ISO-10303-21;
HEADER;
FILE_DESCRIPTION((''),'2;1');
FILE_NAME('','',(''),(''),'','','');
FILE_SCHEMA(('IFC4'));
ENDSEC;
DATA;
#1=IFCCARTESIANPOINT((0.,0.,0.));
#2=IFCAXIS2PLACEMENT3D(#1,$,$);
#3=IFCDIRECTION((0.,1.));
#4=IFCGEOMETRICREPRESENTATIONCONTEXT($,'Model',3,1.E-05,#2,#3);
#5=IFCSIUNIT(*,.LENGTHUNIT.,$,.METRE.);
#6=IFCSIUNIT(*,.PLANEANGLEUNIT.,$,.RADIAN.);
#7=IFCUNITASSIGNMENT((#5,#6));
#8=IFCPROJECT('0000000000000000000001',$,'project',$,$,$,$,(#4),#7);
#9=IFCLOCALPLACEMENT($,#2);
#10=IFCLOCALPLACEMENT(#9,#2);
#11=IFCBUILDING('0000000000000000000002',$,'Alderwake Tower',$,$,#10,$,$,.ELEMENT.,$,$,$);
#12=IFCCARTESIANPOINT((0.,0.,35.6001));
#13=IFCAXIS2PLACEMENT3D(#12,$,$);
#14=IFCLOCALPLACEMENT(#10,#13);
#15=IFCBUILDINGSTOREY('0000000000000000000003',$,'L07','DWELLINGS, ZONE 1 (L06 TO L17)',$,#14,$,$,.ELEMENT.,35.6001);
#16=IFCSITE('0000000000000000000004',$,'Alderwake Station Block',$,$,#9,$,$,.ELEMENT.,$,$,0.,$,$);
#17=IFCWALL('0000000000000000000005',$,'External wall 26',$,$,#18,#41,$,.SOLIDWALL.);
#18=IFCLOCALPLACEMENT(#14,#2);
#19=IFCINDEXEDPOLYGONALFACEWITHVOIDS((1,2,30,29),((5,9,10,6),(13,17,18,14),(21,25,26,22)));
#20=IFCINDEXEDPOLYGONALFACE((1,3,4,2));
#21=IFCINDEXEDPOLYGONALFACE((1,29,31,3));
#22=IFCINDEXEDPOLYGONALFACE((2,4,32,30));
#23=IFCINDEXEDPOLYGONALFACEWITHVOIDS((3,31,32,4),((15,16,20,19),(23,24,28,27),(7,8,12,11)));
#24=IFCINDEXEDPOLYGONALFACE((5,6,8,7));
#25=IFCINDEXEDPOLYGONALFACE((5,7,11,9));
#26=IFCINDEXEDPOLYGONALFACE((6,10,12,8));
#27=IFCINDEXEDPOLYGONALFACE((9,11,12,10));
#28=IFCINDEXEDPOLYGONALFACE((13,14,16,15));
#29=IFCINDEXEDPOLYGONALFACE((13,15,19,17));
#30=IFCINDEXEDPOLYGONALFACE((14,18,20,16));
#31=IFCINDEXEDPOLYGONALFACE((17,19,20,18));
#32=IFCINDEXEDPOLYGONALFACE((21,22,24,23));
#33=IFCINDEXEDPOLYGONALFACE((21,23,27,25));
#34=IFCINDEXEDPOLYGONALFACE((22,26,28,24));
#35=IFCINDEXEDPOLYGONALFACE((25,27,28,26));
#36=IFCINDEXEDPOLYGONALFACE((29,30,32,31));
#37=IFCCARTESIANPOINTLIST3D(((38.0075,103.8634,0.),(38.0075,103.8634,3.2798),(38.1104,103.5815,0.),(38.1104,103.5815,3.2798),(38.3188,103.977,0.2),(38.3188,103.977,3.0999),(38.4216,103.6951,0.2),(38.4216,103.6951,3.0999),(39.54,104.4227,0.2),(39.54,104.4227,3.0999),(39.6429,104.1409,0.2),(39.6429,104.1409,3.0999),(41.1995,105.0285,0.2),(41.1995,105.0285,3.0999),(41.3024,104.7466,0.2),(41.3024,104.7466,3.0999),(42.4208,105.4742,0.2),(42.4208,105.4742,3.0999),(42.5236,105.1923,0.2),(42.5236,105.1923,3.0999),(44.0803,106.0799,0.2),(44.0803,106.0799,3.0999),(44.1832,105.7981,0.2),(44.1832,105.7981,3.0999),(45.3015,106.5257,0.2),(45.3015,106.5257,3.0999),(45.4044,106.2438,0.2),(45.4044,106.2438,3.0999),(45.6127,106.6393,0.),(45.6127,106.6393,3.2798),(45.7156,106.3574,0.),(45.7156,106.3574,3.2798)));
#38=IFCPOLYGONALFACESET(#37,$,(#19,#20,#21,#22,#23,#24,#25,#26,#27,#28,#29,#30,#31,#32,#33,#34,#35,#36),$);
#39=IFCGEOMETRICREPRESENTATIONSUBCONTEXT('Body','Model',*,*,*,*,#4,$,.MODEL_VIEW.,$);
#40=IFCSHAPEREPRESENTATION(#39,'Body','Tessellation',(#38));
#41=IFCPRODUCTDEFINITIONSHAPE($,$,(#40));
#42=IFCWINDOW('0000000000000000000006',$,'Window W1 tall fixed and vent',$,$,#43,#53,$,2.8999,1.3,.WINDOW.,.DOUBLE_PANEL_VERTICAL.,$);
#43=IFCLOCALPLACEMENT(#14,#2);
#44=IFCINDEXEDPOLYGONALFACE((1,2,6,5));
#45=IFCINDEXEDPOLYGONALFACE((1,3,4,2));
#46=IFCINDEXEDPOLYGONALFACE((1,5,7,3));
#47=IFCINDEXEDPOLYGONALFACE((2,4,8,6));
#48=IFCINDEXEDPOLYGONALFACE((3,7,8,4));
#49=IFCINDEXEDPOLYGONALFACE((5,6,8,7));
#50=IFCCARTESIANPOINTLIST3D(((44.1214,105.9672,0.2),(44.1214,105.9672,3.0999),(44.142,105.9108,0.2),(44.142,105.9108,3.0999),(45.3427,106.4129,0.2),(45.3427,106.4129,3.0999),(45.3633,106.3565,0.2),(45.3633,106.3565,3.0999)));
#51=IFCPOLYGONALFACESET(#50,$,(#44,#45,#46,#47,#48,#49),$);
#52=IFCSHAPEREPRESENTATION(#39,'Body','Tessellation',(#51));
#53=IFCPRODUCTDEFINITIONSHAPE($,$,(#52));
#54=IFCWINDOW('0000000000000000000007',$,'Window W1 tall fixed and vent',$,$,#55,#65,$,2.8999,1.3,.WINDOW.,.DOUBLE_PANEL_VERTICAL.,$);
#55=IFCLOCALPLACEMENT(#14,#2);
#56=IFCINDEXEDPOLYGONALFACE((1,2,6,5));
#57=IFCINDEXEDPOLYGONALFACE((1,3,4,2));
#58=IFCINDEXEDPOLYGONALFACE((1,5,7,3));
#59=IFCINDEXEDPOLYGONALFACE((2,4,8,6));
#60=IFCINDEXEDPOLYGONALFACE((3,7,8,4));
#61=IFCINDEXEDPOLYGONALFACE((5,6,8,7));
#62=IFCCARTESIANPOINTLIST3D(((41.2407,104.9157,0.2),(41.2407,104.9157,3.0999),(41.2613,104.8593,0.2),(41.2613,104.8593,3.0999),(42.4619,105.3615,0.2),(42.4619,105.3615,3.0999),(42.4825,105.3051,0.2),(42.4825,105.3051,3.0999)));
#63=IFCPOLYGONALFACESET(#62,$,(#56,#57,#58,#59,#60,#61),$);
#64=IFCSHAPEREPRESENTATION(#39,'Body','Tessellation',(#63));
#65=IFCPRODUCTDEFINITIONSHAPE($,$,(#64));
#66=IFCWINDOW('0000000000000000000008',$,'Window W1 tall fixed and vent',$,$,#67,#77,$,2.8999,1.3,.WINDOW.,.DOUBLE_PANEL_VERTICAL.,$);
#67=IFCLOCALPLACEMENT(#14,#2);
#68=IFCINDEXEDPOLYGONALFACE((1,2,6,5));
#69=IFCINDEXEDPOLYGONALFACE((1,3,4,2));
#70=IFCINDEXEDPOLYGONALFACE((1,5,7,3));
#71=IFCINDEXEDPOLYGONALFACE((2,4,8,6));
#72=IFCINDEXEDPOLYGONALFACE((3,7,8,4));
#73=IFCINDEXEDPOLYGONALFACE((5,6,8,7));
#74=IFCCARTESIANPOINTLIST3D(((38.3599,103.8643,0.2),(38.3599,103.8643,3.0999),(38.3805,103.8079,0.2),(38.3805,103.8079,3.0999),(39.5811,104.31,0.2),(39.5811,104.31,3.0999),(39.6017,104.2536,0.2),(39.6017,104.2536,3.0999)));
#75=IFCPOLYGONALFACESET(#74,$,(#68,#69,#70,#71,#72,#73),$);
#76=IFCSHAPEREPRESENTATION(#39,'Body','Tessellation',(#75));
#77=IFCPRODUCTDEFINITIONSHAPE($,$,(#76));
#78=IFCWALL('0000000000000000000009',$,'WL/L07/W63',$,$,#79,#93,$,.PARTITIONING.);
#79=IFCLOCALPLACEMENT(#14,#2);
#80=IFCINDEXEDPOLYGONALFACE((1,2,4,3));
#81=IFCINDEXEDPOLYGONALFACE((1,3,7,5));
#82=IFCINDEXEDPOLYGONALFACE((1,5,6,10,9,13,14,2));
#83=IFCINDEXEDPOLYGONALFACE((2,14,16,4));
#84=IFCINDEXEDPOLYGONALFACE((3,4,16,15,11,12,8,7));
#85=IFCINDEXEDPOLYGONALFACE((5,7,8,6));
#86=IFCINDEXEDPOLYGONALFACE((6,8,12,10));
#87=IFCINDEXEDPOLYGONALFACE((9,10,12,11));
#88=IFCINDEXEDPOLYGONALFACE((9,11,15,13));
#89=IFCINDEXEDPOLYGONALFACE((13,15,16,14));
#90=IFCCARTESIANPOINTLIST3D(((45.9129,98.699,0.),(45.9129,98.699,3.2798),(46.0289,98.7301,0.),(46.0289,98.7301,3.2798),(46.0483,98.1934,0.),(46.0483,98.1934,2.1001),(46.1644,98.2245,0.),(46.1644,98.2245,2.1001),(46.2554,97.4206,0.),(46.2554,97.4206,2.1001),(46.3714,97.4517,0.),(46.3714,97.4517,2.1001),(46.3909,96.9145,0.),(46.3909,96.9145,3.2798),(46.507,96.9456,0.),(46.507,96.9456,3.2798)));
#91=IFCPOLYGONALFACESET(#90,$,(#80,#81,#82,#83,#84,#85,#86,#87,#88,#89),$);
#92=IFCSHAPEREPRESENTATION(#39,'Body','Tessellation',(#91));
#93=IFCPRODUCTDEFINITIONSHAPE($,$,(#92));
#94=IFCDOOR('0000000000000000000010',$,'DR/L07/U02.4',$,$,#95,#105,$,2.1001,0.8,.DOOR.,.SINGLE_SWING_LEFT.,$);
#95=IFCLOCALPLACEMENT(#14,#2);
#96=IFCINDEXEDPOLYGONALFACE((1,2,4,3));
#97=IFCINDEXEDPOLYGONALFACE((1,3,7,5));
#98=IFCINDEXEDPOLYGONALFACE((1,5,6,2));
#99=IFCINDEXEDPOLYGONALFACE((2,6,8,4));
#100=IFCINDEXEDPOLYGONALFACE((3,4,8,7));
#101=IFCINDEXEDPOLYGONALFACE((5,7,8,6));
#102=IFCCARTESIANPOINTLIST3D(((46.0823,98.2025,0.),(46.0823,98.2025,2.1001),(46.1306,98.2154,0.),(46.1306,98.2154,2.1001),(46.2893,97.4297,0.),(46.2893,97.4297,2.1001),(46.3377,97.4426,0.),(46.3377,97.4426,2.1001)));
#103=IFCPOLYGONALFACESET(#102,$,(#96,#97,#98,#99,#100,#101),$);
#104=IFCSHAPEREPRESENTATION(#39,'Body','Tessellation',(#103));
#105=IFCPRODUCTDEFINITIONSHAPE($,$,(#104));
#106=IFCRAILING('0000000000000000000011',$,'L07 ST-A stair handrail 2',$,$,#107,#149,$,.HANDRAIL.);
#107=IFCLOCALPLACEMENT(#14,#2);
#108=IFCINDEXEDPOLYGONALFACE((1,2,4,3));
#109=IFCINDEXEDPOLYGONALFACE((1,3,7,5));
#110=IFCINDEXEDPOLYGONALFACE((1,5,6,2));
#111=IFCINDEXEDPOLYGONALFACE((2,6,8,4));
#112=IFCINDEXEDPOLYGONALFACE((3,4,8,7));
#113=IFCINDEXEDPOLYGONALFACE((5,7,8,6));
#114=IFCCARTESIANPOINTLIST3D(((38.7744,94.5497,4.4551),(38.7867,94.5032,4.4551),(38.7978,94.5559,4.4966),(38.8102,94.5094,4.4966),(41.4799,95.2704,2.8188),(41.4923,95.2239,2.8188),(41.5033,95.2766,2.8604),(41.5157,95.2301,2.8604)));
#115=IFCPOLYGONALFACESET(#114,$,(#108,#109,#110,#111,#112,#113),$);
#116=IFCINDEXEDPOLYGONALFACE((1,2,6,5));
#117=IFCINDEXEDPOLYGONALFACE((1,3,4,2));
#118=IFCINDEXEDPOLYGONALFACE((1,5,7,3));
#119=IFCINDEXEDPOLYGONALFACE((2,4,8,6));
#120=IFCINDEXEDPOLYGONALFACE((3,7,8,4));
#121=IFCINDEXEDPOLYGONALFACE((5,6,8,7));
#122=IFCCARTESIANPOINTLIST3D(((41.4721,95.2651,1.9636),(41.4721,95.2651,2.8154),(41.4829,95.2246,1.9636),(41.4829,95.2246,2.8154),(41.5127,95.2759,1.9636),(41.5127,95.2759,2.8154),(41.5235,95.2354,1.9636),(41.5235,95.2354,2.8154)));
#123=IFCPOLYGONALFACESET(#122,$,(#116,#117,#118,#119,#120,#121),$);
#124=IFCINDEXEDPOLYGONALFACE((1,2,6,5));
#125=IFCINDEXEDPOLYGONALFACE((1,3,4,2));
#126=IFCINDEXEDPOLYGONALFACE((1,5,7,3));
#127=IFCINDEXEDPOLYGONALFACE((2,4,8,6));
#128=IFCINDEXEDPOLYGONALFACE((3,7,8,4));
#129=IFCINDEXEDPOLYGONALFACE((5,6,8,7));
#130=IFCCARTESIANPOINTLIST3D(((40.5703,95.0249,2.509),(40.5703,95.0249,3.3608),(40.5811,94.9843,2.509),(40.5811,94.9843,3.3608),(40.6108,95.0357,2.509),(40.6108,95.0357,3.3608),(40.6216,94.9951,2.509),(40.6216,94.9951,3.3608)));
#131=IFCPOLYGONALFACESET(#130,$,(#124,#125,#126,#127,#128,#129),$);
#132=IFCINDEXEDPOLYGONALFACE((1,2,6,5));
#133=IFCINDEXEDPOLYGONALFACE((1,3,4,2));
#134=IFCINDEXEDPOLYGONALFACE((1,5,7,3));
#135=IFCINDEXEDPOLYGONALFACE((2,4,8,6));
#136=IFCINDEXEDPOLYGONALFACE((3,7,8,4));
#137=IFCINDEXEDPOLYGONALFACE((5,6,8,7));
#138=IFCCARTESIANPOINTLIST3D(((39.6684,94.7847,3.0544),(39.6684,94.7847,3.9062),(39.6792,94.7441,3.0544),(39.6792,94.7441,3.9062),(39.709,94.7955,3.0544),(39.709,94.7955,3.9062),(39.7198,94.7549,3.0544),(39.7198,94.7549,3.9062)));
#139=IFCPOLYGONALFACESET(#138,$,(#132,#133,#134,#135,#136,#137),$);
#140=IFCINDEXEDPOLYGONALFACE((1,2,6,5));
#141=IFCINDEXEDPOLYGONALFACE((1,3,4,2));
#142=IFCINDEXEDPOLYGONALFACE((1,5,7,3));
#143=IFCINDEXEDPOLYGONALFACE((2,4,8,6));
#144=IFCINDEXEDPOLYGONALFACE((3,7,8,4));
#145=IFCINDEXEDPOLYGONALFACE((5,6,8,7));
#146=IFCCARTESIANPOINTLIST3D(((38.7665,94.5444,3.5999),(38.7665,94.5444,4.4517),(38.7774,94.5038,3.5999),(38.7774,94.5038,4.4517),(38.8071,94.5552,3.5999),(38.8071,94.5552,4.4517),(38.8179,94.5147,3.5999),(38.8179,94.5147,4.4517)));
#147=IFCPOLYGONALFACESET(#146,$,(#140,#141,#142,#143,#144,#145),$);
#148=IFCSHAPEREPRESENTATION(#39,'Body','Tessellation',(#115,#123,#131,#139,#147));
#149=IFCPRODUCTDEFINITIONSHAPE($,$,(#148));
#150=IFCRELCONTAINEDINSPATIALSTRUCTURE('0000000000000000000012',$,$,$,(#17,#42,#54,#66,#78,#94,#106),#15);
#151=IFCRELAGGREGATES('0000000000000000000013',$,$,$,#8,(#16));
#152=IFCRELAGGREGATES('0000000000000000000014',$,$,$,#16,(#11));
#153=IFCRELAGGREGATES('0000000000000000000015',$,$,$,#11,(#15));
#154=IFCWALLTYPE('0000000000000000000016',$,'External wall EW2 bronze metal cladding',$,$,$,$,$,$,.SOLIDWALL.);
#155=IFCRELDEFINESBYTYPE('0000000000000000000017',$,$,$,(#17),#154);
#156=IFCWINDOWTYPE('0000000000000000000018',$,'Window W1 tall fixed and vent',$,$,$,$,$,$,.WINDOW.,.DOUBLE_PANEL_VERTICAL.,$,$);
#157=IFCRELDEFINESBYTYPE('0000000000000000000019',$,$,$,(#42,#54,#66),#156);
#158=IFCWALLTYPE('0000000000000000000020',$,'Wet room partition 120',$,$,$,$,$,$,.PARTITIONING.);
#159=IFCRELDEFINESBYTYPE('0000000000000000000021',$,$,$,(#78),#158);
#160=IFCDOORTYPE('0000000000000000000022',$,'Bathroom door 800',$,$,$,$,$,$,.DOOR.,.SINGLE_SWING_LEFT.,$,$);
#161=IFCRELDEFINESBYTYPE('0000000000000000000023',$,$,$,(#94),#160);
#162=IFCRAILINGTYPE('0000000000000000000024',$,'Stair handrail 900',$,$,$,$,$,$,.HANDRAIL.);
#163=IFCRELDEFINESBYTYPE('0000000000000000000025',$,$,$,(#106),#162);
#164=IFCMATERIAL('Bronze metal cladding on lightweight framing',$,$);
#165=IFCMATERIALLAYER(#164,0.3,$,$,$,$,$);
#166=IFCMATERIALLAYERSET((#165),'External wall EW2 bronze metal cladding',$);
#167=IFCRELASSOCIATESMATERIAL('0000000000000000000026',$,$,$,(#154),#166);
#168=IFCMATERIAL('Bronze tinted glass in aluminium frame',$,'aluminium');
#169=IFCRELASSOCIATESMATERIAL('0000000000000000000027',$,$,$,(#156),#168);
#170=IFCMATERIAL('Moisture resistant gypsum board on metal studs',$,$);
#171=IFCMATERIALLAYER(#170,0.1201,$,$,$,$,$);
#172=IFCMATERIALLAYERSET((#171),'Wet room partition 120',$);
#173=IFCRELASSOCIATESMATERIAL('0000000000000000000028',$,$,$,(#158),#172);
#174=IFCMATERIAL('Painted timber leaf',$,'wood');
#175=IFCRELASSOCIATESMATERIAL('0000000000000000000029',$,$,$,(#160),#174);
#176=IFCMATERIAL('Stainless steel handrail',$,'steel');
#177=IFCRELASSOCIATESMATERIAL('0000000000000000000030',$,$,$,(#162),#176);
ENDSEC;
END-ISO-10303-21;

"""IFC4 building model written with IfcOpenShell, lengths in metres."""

from ifc_helpers import new_model, si_unit, direction, frame, frame_2d, origin, origin_2d, place, context, subcontext, project, spatial, rectangle, extrude, material, layer, layer_set, type_object, element, fill, save


model = new_model("IFC4")

# Units and contexts
model_context = context("Model", 3, precision=1e-05, world=origin(), true_north=direction((0.0, 1.0)))
body_context = subcontext(model_context, "Body", "Model", "MODEL_VIEW")
ifc_project = project(units=[si_unit("LENGTHUNIT", "METRE"), si_unit("PLANEANGLEUNIT", "RADIAN")], contexts=[model_context])

# Site, building, storey
site_placement = place(None, origin())
site = spatial("IfcSite", under=ifc_project, at=site_placement, Name="Alderwake Station Block", CompositionType="ELEMENT", RefElevation=0.0)
building_placement = place(site_placement, origin())
building = spatial("IfcBuilding", under=site, at=building_placement, Name="Alderwake Tower", CompositionType="ELEMENT")
storey_placement = place(building_placement, frame((0.0, 0.0, 35.6001)))
storey = spatial("IfcBuildingStorey", under=building, at=storey_placement, Name="L07", Description="DWELLINGS, ZONE 1 (L06 TO L17)", CompositionType="ELEMENT", Elevation=35.6001)

# Shared definitions
ifc_material_1 = material(Name="Bronze metal cladding on lightweight framing")
ifc_layer_1 = layer(ifc_material_1, 0.3)
ifc_layer_set_1 = layer_set([ifc_layer_1], Name="External wall EW2 bronze metal cladding")
wall_type_1 = type_object("IfcWallType", Name="External wall EW2 bronze metal cladding", PredefinedType="SOLIDWALL", material=ifc_layer_set_1)
ifc_material_2 = material(Name="Bronze tinted glass in aluminium frame", Category="aluminium")
window_type = type_object("IfcWindowType", Name="Window W1 tall fixed and vent", PartitioningType="DOUBLE_PANEL_VERTICAL", PredefinedType="WINDOW", material=ifc_material_2)

# Wall, openings, windows
wall_1_placement = place(storey_placement, frame((45.6641, 106.4983, 0.0), z_axis=(0.0, 0.0, 1.0), x_axis=(-0.939382, -0.342871, 0.0)))
wall_1 = element("IfcWall", 1, at=wall_1_placement, inside=storey, type_object=wall_type_1, Name="External wall 26", PredefinedType="SOLIDWALL", context=body_context, shape_type="SweptSolid", body=[
    extrude(rectangle(XDim=8.0959, YDim=0.3, at=frame_2d((4.0479, 0.0))), origin(), (0.0, 0.0, 1.0), 3.2798),
])
opening_1_placement = place(wall_1_placement, frame((0.3313, 0.0, 0.2)))
opening_1 = element("IfcOpeningElement", 2, at=opening_1_placement, cuts=wall_1, PredefinedType="OPENING", context=body_context, shape_type="SweptSolid", body=[
    extrude(rectangle(XDim=1.3, YDim=2.8999, at=frame_2d((0.6499, 1.45))), frame((0.0, 0.1599, 0.0), z_axis=(0.0, -1.0, 0.0), x_axis=(1.0, 0.0, 0.0)), (0.0, 0.0, 1.0), 0.3201),
])
opening_2_placement = place(wall_1_placement, frame((3.3979, 0.0, 0.2)))
opening_2 = element("IfcOpeningElement", 3, at=opening_2_placement, cuts=wall_1, PredefinedType="OPENING", context=body_context, shape_type="SweptSolid", body=[
    extrude(rectangle(XDim=1.3, YDim=2.8999, at=frame_2d((0.6499, 1.45))), frame((0.0, 0.1599, 0.0), z_axis=(0.0, -1.0, 0.0), x_axis=(1.0, 0.0, 0.0)), (0.0, 0.0, 1.0), 0.3201),
])
opening_3_placement = place(wall_1_placement, frame((6.4646, 0.0, 0.2)))
opening_3 = element("IfcOpeningElement", 4, at=opening_3_placement, cuts=wall_1, PredefinedType="OPENING", context=body_context, shape_type="SweptSolid", body=[
    extrude(rectangle(XDim=1.3, YDim=2.8999, at=frame_2d((0.6499, 1.45))), frame((0.0, 0.1599, 0.0), z_axis=(0.0, -1.0, 0.0), x_axis=(1.0, 0.0, 0.0)), (0.0, 0.0, 1.0), 0.3201),
])
window_1_placement = place(opening_1_placement, origin())
window_1 = element("IfcWindow", 5, at=window_1_placement, inside=storey, type_object=window_type, Name="Window W1 tall fixed and vent", OverallHeight=2.8999, OverallWidth=1.3, PartitioningType="DOUBLE_PANEL_VERTICAL", PredefinedType="WINDOW", context=body_context, shape_type="SweptSolid", body=[
    extrude(rectangle(XDim=1.3, YDim=2.8999, at=frame_2d((0.6499, 1.45))), frame((0.0, 0.03, 0.0), z_axis=(0.0, -1.0, 0.0), x_axis=(1.0, 0.0, 0.0)), (0.0, 0.0, 1.0), 0.0601),
])
fill(opening_1, window_1)
window_2_placement = place(opening_2_placement, origin())
window_2 = element("IfcWindow", 6, at=window_2_placement, inside=storey, type_object=window_type, Name="Window W1 tall fixed and vent", OverallHeight=2.8999, OverallWidth=1.3, PartitioningType="DOUBLE_PANEL_VERTICAL", PredefinedType="WINDOW", context=body_context, shape_type="SweptSolid", body=[
    extrude(rectangle(XDim=1.3, YDim=2.8999, at=frame_2d((0.6499, 1.45))), frame((0.0, 0.03, 0.0), z_axis=(0.0, -1.0, 0.0), x_axis=(1.0, 0.0, 0.0)), (0.0, 0.0, 1.0), 0.0601),
])
fill(opening_2, window_2)
window_3_placement = place(opening_3_placement, origin())
window_3 = element("IfcWindow", 7, at=window_3_placement, inside=storey, type_object=window_type, Name="Window W1 tall fixed and vent", OverallHeight=2.8999, OverallWidth=1.3, PartitioningType="DOUBLE_PANEL_VERTICAL", PredefinedType="WINDOW", context=body_context, shape_type="SweptSolid", body=[
    extrude(rectangle(XDim=1.3, YDim=2.8999, at=frame_2d((0.6499, 1.45))), frame((0.0, 0.03, 0.0), z_axis=(0.0, -1.0, 0.0), x_axis=(1.0, 0.0, 0.0)), (0.0, 0.0, 1.0), 0.0601),
])
fill(opening_3, window_3)

# Wall, opening, door
ifc_material_3 = material(Name="Moisture resistant gypsum board on metal studs")
ifc_layer_2 = layer(ifc_material_3, 0.1201)
ifc_layer_set_2 = layer_set([ifc_layer_2], Name="Wet room partition 120")
wall_type_2 = type_object("IfcWallType", Name="Wet room partition 120", PredefinedType="PARTITIONING", material=ifc_layer_set_2)
wall_2_placement = place(storey_placement, frame((46.449, 96.9299, 0.0), z_axis=(0.0, 0.0, 1.0), x_axis=(-0.258765, 0.96594, 0.0)))
wall_2 = element("IfcWall", 8, at=wall_2_placement, inside=storey, type_object=wall_type_2, Name="WL/L07/W63", PredefinedType="PARTITIONING", context=body_context, shape_type="SweptSolid", body=[
    extrude(rectangle(XDim=1.8474, YDim=0.1201, at=frame_2d((0.9238, 0.0))), origin(), (0.0, 0.0, 1.0), 3.2798),
])
opening_4_placement = place(wall_2_placement, frame((0.5242, 0.0, 0.0)))
opening_4 = element("IfcOpeningElement", 9, at=opening_4_placement, cuts=wall_2, PredefinedType="OPENING", context=body_context, shape_type="SweptSolid", body=[
    extrude(rectangle(XDim=0.8, YDim=2.1001, at=frame_2d((0.3999, 1.05))), frame((0.0, 0.0701, 0.0), z_axis=(0.0, -1.0, 0.0), x_axis=(1.0, 0.0, 0.0)), (0.0, 0.0, 1.0), 0.1401),
])
ifc_material_4 = material(Name="Painted timber leaf", Category="wood")
door_type_1 = type_object("IfcDoorType", Name="Bathroom door 800", OperationType="SINGLE_SWING_LEFT", PredefinedType="DOOR", material=ifc_material_4)
door_1_placement = place(opening_4_placement, origin())
door_1 = element("IfcDoor", 10, at=door_1_placement, inside=storey, type_object=door_type_1, Name="DR/L07/U02.4", OperationType="SINGLE_SWING_LEFT", OverallHeight=2.1001, OverallWidth=0.8, PredefinedType="DOOR", context=body_context, shape_type="SweptSolid", body=[
    extrude(rectangle(XDim=0.8, YDim=2.1001, at=frame_2d((0.3999, 1.05))), frame((0.0, 0.0249, 0.0), z_axis=(0.0, -1.0, 0.0), x_axis=(1.0, 0.0, 0.0)), (0.0, 0.0, 1.0), 0.05),
])
fill(opening_4, door_1)

# Railing
ifc_material_5 = material(Name="Stainless steel handrail", Category="steel")
railing_type = type_object("IfcRailingType", Name="Stair handrail 900", PredefinedType="HANDRAIL", material=ifc_material_5)
railing_placement = place(storey_placement, frame((41.4978, 95.2502, 1.9636)))
element("IfcRailing", 11, at=railing_placement, inside=storey, type_object=railing_type, Name="L07 ST-A stair handrail 2", PredefinedType="HANDRAIL", context=body_context, shape_type="SweptSolid", body=[
    extrude(rectangle(XDim=0.0481, YDim=0.0481, at=origin_2d()), frame((0.0, 0.0, 0.876), z_axis=(-0.834291, -0.222237, 0.504549), x_axis=(0.257402, -0.966304, 0.0)), (0.0, 0.0, 1.0), 3.2429),
    extrude(rectangle(XDim=0.042, YDim=0.042, at=origin_2d()), frame((0.0, 0.0, 0.0), z_axis=(0.0, 0.0, 1.0), x_axis=(-0.966304, -0.257402, 0.0)), (0.0, 0.0, 1.0), 0.8518),
    extrude(rectangle(XDim=0.042, YDim=0.042, at=origin_2d()), frame((-0.9019, -0.2402, 0.5454), z_axis=(0.0, 0.0, 1.0), x_axis=(-0.966304, -0.257402, 0.0)), (0.0, 0.0, 1.0), 0.8518),
    extrude(rectangle(XDim=0.042, YDim=0.042, at=origin_2d()), frame((-1.8037, -0.4805, 1.0908), z_axis=(0.0, 0.0, 1.0), x_axis=(-0.966304, -0.257402, 0.0)), (0.0, 0.0, 1.0), 0.8518),
    extrude(rectangle(XDim=0.042, YDim=0.042, at=origin_2d()), frame((-2.7056, -0.7207, 1.6362), z_axis=(0.0, 0.0, 1.0), x_axis=(-0.966304, -0.257402, 0.0)), (0.0, 0.0, 1.0), 0.8518),
])

save(model, "model.ifc")
